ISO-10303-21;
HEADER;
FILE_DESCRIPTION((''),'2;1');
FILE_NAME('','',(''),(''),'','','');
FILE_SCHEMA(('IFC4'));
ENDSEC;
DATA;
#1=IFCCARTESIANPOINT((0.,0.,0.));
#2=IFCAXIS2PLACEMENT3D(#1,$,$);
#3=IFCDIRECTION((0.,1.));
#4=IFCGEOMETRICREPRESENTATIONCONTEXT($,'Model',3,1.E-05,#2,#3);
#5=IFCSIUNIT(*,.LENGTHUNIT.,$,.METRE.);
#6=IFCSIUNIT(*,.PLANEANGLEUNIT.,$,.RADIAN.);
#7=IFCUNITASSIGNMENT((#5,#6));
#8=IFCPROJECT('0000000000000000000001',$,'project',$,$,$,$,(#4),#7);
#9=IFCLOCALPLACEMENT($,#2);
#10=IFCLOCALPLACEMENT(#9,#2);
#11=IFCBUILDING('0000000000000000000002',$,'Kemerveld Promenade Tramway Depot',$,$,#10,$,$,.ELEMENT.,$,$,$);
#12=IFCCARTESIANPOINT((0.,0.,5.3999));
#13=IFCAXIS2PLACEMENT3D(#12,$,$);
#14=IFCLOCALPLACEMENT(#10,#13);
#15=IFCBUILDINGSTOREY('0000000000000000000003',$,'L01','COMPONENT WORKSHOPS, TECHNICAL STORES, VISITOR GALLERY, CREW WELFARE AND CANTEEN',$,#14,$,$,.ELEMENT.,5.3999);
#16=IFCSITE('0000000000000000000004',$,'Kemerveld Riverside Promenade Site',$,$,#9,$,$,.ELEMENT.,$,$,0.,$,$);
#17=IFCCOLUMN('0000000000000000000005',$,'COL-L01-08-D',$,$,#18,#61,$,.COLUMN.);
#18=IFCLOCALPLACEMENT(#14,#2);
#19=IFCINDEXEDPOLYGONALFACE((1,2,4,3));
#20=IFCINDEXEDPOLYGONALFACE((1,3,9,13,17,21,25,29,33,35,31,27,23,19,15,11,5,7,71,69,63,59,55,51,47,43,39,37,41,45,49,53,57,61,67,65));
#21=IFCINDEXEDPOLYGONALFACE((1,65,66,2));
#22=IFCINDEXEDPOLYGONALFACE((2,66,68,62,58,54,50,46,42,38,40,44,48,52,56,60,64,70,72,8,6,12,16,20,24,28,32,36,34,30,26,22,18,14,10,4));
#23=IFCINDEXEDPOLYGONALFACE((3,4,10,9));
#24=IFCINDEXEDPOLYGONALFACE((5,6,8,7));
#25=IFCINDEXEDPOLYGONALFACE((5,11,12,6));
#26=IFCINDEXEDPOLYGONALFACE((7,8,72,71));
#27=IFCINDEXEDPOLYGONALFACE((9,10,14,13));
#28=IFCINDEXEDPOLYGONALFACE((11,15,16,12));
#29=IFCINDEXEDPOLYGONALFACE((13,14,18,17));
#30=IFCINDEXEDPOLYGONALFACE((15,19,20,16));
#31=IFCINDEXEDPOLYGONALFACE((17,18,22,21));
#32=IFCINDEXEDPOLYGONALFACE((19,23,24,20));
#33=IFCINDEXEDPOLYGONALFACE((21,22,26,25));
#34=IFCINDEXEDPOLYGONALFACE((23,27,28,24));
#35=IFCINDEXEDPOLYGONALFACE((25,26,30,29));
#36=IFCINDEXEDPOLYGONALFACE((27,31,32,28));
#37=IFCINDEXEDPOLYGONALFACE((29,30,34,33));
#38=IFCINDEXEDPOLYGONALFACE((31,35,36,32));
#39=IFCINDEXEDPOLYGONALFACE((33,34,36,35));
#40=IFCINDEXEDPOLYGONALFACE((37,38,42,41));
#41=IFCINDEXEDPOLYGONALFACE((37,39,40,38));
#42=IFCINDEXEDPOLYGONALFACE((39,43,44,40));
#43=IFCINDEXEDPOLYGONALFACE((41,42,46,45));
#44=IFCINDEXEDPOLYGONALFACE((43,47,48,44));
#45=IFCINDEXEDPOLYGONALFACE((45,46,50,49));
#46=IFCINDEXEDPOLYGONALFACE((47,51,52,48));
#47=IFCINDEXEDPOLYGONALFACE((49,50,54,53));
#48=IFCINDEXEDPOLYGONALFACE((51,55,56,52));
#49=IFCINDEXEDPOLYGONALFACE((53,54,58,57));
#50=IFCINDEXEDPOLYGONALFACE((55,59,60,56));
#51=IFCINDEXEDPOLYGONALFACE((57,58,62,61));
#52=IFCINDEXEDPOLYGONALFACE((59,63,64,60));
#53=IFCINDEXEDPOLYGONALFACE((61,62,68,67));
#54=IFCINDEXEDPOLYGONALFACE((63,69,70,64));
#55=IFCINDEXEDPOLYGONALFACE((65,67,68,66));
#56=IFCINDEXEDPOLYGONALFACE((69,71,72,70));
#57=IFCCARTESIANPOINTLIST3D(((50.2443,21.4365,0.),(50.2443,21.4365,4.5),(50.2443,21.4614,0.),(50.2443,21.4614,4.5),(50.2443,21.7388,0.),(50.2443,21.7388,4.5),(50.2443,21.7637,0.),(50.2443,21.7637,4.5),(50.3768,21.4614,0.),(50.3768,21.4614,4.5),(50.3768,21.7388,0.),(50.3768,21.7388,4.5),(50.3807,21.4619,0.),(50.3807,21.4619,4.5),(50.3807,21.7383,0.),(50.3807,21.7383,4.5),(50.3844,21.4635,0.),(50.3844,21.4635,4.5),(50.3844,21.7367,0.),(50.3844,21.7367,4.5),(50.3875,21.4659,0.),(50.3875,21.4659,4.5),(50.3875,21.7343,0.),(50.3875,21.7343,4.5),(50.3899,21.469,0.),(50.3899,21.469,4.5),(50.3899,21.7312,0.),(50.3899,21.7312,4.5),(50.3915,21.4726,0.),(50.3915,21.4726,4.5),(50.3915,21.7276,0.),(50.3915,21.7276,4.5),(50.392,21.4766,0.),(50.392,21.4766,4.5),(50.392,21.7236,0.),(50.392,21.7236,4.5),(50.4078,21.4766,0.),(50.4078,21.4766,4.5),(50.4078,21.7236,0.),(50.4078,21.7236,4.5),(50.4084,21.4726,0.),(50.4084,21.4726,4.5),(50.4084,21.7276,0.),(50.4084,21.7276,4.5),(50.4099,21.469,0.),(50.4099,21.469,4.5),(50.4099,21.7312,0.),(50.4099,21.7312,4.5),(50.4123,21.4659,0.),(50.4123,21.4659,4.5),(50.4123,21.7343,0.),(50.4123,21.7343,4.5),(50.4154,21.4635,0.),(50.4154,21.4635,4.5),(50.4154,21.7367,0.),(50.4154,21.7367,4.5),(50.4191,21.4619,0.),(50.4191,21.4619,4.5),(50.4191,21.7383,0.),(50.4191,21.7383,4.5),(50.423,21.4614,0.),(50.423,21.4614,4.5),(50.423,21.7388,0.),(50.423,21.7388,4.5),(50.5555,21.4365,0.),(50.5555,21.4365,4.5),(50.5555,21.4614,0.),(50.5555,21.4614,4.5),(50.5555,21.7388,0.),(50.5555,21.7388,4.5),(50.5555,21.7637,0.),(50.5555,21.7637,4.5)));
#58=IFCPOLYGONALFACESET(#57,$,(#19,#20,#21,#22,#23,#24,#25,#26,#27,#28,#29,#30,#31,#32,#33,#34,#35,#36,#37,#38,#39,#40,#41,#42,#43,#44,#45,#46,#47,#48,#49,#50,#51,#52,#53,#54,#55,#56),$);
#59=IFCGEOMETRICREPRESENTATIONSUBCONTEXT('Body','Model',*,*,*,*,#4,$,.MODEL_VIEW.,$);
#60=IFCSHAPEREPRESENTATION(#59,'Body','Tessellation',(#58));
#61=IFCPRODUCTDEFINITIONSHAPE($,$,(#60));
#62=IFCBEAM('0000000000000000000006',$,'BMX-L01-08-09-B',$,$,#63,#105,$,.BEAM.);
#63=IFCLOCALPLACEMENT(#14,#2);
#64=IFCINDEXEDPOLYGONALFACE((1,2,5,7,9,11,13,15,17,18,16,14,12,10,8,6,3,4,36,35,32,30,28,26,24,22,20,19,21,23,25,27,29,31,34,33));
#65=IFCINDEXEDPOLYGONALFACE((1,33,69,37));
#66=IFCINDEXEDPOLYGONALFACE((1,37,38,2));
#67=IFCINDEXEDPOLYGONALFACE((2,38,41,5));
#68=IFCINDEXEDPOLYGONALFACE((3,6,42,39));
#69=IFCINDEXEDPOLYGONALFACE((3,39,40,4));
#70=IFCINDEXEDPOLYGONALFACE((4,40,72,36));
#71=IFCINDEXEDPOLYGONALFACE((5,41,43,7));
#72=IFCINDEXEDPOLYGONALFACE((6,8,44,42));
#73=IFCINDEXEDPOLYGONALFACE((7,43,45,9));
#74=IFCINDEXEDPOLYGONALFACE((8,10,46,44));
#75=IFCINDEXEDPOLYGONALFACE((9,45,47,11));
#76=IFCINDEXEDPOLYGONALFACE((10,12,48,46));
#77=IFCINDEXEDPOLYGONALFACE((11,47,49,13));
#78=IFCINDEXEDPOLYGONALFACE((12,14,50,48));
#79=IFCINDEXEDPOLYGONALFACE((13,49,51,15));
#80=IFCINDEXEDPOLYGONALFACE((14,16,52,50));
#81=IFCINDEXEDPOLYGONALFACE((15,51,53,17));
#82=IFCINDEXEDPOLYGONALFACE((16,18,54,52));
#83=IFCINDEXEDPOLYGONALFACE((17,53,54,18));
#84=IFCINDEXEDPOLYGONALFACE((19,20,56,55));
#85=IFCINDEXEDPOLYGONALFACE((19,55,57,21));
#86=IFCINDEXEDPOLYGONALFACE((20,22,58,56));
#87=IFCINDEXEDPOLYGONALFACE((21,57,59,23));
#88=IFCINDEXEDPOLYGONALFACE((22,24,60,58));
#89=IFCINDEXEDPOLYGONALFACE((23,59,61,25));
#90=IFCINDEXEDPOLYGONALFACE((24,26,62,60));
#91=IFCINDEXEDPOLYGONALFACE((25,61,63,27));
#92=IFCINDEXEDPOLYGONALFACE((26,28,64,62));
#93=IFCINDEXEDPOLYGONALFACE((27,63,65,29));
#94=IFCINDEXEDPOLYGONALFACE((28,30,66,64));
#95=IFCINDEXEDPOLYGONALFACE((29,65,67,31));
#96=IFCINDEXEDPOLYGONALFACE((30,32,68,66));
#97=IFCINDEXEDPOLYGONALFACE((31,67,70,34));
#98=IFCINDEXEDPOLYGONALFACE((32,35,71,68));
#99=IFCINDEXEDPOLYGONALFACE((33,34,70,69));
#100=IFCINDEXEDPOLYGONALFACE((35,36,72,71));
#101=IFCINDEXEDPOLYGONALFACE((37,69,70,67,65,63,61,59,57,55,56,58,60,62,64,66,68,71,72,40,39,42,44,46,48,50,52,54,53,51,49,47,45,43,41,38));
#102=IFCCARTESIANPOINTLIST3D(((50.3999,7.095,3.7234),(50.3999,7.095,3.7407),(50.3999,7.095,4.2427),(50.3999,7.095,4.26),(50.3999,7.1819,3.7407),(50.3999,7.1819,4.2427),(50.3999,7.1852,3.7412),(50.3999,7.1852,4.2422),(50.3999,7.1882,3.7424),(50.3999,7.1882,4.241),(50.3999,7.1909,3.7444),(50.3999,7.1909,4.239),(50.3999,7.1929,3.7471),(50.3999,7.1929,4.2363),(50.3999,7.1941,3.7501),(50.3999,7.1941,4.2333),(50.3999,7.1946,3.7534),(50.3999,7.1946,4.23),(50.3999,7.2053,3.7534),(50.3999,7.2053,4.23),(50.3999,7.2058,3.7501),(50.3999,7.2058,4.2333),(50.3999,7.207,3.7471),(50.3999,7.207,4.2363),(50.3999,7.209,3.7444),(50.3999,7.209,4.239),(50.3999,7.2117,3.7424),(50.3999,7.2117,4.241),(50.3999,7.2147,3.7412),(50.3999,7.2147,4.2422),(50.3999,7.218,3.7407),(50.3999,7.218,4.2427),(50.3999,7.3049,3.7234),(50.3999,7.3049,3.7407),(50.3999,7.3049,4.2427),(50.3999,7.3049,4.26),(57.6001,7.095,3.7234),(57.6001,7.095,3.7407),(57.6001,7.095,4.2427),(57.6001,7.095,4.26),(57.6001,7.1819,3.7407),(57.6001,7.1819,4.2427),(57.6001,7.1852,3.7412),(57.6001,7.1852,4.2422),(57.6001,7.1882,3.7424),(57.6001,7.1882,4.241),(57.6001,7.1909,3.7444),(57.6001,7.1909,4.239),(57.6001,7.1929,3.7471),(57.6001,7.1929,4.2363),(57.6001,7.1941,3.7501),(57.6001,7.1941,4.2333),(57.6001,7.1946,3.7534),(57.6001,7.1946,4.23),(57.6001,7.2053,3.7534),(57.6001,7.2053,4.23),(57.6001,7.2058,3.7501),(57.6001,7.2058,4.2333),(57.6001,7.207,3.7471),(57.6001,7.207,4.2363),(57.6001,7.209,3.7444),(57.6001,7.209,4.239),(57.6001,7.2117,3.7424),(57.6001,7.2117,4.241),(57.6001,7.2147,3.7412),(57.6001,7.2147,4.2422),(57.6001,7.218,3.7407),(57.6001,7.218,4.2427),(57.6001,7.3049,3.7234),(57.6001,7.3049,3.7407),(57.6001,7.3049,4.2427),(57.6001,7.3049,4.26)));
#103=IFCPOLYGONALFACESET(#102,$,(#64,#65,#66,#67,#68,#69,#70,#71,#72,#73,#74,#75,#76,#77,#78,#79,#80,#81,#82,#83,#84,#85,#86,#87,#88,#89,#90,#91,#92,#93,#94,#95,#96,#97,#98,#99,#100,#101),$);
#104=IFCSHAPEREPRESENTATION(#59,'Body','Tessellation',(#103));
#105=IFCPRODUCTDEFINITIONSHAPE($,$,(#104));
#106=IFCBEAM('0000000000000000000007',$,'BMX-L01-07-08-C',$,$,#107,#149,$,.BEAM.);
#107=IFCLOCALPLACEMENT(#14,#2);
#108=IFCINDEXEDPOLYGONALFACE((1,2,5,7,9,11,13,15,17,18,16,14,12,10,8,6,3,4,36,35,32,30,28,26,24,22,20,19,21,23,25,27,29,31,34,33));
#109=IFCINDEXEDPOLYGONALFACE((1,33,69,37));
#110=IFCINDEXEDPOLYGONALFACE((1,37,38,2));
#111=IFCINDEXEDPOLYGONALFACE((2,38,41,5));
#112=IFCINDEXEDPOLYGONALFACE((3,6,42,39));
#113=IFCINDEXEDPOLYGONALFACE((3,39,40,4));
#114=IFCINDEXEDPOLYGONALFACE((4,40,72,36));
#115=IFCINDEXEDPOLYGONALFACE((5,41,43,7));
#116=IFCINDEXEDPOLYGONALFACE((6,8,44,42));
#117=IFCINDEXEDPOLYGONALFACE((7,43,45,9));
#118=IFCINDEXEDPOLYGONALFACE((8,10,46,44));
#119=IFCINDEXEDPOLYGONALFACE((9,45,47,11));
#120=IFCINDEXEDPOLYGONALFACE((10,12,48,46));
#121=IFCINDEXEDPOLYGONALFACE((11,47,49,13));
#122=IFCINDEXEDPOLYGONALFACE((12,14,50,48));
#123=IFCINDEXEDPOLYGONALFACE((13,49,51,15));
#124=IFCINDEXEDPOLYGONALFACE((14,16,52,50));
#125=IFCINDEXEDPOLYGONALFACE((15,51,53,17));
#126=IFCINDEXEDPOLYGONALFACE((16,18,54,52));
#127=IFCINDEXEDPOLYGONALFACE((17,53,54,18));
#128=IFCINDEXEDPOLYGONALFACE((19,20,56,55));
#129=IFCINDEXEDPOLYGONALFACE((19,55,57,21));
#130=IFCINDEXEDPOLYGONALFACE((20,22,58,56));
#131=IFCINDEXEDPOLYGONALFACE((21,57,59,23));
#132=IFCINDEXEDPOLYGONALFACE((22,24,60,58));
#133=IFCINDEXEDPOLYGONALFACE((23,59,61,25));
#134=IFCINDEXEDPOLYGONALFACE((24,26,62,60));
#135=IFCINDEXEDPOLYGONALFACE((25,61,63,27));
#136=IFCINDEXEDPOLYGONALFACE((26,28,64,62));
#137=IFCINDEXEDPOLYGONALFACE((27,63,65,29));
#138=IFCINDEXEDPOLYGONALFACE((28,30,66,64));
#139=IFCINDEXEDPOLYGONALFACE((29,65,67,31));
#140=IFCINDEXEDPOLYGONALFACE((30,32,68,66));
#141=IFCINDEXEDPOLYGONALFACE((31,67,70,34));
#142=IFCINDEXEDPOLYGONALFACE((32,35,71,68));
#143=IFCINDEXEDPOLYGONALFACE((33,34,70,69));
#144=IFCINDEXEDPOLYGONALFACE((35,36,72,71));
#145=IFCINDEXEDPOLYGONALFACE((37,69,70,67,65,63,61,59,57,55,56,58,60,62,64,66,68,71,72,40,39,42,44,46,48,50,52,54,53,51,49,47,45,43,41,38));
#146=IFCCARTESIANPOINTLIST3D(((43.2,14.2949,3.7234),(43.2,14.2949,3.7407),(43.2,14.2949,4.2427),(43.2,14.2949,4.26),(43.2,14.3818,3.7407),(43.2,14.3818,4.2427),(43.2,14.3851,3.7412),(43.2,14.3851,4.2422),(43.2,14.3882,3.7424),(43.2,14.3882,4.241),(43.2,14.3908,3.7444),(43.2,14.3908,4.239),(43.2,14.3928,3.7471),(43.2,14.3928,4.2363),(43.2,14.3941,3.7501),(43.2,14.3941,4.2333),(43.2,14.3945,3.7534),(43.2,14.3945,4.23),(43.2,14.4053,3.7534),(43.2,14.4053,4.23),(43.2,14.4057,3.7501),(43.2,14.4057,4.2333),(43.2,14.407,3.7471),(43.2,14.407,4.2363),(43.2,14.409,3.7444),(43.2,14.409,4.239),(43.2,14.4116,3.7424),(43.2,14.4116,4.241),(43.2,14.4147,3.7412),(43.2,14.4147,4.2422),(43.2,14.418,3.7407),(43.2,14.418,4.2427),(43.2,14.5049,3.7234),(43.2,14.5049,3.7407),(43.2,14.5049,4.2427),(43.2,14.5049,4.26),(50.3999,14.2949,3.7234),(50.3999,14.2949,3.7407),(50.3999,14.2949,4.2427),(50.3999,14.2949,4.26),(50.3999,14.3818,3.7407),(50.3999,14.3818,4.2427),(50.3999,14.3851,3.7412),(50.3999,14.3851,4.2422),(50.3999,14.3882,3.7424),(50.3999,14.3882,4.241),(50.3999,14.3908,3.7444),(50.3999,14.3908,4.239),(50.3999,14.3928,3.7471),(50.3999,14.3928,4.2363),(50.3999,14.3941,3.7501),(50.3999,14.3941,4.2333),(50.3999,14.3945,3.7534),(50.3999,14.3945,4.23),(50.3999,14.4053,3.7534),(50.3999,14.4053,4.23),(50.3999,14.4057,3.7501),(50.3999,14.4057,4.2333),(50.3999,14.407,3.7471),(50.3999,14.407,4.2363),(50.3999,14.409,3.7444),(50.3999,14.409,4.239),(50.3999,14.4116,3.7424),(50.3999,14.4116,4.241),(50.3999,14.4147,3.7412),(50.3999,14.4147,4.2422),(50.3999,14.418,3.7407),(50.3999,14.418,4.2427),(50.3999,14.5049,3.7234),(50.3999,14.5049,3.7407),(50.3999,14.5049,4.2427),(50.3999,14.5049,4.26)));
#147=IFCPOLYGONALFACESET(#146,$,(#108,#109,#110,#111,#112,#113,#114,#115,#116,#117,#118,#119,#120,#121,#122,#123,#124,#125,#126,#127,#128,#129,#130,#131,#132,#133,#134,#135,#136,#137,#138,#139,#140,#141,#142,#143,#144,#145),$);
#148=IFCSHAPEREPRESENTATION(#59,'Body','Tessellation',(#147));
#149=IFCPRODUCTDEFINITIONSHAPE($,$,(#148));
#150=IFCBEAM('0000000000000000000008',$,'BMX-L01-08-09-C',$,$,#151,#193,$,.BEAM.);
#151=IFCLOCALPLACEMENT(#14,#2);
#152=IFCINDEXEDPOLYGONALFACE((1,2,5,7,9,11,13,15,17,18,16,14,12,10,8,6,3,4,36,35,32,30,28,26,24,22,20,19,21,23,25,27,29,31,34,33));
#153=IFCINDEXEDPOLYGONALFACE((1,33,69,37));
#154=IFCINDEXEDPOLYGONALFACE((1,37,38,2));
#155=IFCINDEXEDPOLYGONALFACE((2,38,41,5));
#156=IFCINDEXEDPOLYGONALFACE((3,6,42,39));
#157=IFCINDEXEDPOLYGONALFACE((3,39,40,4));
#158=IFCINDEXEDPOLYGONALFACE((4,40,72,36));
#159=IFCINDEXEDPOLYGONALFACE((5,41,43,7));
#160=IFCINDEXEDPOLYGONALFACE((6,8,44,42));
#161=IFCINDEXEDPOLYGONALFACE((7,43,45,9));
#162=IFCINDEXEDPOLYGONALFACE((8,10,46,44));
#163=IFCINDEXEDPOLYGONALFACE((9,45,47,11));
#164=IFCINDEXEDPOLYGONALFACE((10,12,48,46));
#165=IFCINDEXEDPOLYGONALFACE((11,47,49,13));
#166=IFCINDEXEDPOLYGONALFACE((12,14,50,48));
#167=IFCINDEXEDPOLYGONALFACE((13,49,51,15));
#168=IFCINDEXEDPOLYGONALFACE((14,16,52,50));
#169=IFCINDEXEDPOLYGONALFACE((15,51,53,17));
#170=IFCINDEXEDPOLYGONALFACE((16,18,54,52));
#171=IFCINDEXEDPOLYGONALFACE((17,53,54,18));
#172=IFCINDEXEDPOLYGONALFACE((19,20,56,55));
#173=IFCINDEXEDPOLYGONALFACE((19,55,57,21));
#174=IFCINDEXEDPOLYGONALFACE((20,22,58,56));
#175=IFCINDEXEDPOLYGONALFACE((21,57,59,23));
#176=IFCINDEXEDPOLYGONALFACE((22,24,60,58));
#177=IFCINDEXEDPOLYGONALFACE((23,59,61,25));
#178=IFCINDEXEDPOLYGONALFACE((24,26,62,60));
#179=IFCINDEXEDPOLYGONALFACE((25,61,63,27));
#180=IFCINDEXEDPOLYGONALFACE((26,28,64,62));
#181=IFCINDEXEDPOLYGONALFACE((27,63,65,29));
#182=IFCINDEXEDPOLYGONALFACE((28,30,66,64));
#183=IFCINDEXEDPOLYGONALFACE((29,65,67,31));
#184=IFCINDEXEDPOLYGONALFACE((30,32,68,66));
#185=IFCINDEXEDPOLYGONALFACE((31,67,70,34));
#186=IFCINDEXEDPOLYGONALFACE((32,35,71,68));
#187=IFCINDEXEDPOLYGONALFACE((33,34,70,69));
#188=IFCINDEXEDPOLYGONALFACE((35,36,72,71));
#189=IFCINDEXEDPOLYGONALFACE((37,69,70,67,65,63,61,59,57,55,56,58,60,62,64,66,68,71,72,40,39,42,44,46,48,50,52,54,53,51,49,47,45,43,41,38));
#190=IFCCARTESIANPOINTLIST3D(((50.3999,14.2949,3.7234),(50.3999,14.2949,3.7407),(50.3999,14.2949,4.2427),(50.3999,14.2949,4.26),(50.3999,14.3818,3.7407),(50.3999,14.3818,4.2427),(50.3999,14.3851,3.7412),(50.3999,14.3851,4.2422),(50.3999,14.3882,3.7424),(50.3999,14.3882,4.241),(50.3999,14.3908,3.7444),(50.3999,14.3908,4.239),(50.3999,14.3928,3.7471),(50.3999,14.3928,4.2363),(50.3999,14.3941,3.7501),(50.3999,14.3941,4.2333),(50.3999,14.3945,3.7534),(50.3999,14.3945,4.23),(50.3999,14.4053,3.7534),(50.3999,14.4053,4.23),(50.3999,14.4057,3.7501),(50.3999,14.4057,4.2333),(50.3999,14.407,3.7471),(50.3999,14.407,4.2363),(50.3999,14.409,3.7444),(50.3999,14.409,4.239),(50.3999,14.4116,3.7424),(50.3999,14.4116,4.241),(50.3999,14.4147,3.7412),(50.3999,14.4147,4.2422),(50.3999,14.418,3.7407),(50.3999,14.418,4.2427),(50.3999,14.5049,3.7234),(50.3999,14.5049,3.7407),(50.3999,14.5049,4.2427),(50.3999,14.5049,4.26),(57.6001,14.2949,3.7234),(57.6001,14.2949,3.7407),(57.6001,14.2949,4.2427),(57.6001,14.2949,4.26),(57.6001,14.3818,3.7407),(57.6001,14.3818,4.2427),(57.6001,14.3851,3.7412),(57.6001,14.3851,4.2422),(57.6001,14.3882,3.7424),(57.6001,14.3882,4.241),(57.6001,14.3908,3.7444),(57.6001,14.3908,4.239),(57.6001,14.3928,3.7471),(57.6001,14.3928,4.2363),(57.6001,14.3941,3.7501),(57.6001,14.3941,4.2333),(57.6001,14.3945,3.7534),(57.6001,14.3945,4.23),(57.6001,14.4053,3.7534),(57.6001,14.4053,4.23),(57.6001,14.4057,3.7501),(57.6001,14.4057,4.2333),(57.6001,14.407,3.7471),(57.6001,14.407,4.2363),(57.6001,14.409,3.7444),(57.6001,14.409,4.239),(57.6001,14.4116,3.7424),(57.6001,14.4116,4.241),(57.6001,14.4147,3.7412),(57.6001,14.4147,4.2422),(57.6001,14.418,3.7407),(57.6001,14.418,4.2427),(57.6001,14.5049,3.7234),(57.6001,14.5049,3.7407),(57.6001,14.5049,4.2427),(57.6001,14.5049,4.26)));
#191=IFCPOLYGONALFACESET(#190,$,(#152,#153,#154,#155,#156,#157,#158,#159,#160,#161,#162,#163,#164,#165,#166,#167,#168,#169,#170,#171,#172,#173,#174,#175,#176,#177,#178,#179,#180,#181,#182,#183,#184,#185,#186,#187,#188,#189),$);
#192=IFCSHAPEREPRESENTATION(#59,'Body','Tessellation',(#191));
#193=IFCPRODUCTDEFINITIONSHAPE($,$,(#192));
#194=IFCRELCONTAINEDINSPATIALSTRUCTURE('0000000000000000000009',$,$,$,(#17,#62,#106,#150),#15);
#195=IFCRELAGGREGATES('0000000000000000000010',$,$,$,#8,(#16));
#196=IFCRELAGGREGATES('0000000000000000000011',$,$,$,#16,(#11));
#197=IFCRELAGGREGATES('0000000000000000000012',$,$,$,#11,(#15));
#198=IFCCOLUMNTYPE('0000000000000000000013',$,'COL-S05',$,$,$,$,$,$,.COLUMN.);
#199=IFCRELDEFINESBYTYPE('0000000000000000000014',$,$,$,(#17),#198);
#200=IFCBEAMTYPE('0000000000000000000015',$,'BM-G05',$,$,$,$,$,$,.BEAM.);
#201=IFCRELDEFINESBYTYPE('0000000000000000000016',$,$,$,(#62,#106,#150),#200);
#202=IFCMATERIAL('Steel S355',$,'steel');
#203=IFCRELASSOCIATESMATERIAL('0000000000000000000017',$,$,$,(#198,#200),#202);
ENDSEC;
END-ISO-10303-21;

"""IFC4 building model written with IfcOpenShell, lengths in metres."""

from ifc_helpers import new_model, si_unit, direction, frame, origin, origin_2d, place, context, subcontext, project, spatial, i_section, extrude, material, material_profile, profile_set, type_object, element, save


model = new_model("IFC4")

# Units and contexts
model_context = context("Model", 3, precision=1e-05, world=origin(), true_north=direction((0.0, 1.0)))
body_context = subcontext(model_context, "Body", "Model", "MODEL_VIEW")
ifc_project = project(units=[si_unit("LENGTHUNIT", "METRE"), si_unit("PLANEANGLEUNIT", "RADIAN")], contexts=[model_context])

# Site, building, storey
site_placement = place(None, origin())
site = spatial("IfcSite", under=ifc_project, at=site_placement, Name="Kemerveld Riverside Promenade Site", CompositionType="ELEMENT", RefElevation=0.0)
building_placement = place(site_placement, origin())
building = spatial("IfcBuilding", under=site, at=building_placement, Name="Kemerveld Promenade Tramway Depot", CompositionType="ELEMENT")
storey_placement = place(building_placement, frame((0.0, 0.0, 5.3999)))
storey = spatial("IfcBuildingStorey", under=building, at=storey_placement, Name="L01", Description="COMPONENT WORKSHOPS, TECHNICAL STORES, VISITOR GALLERY, CREW WELFARE AND CANTEEN", CompositionType="ELEMENT", Elevation=5.3999)

# Column
ifc_material = material(Name="Steel S355", Category="steel")
ifc_material_profile_1 = material_profile(ifc_material, i_section(OverallWidth=0.3113, OverallDepth=0.3271, WebThickness=0.0159, FlangeThickness=0.0249, FilletRadius=0.0151, at=origin_2d()), Name="305x305x158 UC")
ifc_profile_set_1 = profile_set([ifc_material_profile_1], Name="Steel S355")
column_type = type_object("IfcColumnType", Name="COL-S05", PredefinedType="COLUMN", material=ifc_profile_set_1)
for number, where, z_axis, x_axis, name in (
    (1, (50.3999, 21.6001, 0.0), (0.0, 0.0, 1.0), (1.0, 0.0, 0.0), "COL-L01-08-D"),
):
    element("IfcColumn", number, at=place(storey_placement, frame(where, z_axis=z_axis, x_axis=x_axis)), inside=storey, type_object=column_type, Name=name, PredefinedType="COLUMN", context=body_context, shape_type="SweptSolid", body=[
        extrude(i_section(OverallWidth=0.3113, OverallDepth=0.3271, WebThickness=0.0159, FlangeThickness=0.0249, FilletRadius=0.0151, at=origin_2d()), origin(), (0.0, 0.0, 1.0), 4.5),
    ])

# Beams
ifc_material_profile_2 = material_profile(ifc_material, i_section(OverallWidth=0.21, OverallDepth=0.5366, WebThickness=0.0107, FlangeThickness=0.0173, FilletRadius=0.0127, at=origin_2d()), Name="533x210x101 UB")
ifc_profile_set_2 = profile_set([ifc_material_profile_2], Name="Steel S355")
beam_type_1 = type_object("IfcBeamType", Name="BM-G05", PredefinedType="BEAM", material=ifc_profile_set_2)
beam_1_placement = place(storey_placement, frame((50.3999, 7.2, 3.9917), z_axis=(1.0, 0.0, 0.0), x_axis=(0.0, 1.0, 0.0)))
element("IfcBeam", 2, at=beam_1_placement, inside=storey, type_object=beam_type_1, Name="BMX-L01-08-09-B", PredefinedType="BEAM", context=body_context, shape_type="SweptSolid", body=[
    extrude(i_section(OverallWidth=0.21, OverallDepth=0.5366, WebThickness=0.0107, FlangeThickness=0.0173, FilletRadius=0.0127, at=origin_2d()), origin(), (0.0, 0.0, 1.0), 7.2002),
])
beam_2_placement = place(storey_placement, frame((43.2, 14.3999, 3.9917), z_axis=(1.0, 0.0, 0.0), x_axis=(0.0, 1.0, 0.0)))
element("IfcBeam", 3, at=beam_2_placement, inside=storey, type_object=beam_type_1, Name="BMX-L01-07-08-C", PredefinedType="BEAM", context=body_context, shape_type="SweptSolid", body=[
    extrude(i_section(OverallWidth=0.21, OverallDepth=0.5366, WebThickness=0.0107, FlangeThickness=0.0173, FilletRadius=0.0127, at=origin_2d()), origin(), (0.0, 0.0, 1.0), 7.2),
])
beam_3_placement = place(storey_placement, frame((50.3999, 14.3999, 3.9917), z_axis=(1.0, 0.0, 0.0), x_axis=(0.0, 1.0, 0.0)))
element("IfcBeam", 4, at=beam_3_placement, inside=storey, type_object=beam_type_1, Name="BMX-L01-08-09-C", PredefinedType="BEAM", context=body_context, shape_type="SweptSolid", body=[
    extrude(i_section(OverallWidth=0.21, OverallDepth=0.5366, WebThickness=0.0107, FlangeThickness=0.0173, FilletRadius=0.0127, at=origin_2d()), origin(), (0.0, 0.0, 1.0), 7.2002),
])

save(model, "model.ifc")
